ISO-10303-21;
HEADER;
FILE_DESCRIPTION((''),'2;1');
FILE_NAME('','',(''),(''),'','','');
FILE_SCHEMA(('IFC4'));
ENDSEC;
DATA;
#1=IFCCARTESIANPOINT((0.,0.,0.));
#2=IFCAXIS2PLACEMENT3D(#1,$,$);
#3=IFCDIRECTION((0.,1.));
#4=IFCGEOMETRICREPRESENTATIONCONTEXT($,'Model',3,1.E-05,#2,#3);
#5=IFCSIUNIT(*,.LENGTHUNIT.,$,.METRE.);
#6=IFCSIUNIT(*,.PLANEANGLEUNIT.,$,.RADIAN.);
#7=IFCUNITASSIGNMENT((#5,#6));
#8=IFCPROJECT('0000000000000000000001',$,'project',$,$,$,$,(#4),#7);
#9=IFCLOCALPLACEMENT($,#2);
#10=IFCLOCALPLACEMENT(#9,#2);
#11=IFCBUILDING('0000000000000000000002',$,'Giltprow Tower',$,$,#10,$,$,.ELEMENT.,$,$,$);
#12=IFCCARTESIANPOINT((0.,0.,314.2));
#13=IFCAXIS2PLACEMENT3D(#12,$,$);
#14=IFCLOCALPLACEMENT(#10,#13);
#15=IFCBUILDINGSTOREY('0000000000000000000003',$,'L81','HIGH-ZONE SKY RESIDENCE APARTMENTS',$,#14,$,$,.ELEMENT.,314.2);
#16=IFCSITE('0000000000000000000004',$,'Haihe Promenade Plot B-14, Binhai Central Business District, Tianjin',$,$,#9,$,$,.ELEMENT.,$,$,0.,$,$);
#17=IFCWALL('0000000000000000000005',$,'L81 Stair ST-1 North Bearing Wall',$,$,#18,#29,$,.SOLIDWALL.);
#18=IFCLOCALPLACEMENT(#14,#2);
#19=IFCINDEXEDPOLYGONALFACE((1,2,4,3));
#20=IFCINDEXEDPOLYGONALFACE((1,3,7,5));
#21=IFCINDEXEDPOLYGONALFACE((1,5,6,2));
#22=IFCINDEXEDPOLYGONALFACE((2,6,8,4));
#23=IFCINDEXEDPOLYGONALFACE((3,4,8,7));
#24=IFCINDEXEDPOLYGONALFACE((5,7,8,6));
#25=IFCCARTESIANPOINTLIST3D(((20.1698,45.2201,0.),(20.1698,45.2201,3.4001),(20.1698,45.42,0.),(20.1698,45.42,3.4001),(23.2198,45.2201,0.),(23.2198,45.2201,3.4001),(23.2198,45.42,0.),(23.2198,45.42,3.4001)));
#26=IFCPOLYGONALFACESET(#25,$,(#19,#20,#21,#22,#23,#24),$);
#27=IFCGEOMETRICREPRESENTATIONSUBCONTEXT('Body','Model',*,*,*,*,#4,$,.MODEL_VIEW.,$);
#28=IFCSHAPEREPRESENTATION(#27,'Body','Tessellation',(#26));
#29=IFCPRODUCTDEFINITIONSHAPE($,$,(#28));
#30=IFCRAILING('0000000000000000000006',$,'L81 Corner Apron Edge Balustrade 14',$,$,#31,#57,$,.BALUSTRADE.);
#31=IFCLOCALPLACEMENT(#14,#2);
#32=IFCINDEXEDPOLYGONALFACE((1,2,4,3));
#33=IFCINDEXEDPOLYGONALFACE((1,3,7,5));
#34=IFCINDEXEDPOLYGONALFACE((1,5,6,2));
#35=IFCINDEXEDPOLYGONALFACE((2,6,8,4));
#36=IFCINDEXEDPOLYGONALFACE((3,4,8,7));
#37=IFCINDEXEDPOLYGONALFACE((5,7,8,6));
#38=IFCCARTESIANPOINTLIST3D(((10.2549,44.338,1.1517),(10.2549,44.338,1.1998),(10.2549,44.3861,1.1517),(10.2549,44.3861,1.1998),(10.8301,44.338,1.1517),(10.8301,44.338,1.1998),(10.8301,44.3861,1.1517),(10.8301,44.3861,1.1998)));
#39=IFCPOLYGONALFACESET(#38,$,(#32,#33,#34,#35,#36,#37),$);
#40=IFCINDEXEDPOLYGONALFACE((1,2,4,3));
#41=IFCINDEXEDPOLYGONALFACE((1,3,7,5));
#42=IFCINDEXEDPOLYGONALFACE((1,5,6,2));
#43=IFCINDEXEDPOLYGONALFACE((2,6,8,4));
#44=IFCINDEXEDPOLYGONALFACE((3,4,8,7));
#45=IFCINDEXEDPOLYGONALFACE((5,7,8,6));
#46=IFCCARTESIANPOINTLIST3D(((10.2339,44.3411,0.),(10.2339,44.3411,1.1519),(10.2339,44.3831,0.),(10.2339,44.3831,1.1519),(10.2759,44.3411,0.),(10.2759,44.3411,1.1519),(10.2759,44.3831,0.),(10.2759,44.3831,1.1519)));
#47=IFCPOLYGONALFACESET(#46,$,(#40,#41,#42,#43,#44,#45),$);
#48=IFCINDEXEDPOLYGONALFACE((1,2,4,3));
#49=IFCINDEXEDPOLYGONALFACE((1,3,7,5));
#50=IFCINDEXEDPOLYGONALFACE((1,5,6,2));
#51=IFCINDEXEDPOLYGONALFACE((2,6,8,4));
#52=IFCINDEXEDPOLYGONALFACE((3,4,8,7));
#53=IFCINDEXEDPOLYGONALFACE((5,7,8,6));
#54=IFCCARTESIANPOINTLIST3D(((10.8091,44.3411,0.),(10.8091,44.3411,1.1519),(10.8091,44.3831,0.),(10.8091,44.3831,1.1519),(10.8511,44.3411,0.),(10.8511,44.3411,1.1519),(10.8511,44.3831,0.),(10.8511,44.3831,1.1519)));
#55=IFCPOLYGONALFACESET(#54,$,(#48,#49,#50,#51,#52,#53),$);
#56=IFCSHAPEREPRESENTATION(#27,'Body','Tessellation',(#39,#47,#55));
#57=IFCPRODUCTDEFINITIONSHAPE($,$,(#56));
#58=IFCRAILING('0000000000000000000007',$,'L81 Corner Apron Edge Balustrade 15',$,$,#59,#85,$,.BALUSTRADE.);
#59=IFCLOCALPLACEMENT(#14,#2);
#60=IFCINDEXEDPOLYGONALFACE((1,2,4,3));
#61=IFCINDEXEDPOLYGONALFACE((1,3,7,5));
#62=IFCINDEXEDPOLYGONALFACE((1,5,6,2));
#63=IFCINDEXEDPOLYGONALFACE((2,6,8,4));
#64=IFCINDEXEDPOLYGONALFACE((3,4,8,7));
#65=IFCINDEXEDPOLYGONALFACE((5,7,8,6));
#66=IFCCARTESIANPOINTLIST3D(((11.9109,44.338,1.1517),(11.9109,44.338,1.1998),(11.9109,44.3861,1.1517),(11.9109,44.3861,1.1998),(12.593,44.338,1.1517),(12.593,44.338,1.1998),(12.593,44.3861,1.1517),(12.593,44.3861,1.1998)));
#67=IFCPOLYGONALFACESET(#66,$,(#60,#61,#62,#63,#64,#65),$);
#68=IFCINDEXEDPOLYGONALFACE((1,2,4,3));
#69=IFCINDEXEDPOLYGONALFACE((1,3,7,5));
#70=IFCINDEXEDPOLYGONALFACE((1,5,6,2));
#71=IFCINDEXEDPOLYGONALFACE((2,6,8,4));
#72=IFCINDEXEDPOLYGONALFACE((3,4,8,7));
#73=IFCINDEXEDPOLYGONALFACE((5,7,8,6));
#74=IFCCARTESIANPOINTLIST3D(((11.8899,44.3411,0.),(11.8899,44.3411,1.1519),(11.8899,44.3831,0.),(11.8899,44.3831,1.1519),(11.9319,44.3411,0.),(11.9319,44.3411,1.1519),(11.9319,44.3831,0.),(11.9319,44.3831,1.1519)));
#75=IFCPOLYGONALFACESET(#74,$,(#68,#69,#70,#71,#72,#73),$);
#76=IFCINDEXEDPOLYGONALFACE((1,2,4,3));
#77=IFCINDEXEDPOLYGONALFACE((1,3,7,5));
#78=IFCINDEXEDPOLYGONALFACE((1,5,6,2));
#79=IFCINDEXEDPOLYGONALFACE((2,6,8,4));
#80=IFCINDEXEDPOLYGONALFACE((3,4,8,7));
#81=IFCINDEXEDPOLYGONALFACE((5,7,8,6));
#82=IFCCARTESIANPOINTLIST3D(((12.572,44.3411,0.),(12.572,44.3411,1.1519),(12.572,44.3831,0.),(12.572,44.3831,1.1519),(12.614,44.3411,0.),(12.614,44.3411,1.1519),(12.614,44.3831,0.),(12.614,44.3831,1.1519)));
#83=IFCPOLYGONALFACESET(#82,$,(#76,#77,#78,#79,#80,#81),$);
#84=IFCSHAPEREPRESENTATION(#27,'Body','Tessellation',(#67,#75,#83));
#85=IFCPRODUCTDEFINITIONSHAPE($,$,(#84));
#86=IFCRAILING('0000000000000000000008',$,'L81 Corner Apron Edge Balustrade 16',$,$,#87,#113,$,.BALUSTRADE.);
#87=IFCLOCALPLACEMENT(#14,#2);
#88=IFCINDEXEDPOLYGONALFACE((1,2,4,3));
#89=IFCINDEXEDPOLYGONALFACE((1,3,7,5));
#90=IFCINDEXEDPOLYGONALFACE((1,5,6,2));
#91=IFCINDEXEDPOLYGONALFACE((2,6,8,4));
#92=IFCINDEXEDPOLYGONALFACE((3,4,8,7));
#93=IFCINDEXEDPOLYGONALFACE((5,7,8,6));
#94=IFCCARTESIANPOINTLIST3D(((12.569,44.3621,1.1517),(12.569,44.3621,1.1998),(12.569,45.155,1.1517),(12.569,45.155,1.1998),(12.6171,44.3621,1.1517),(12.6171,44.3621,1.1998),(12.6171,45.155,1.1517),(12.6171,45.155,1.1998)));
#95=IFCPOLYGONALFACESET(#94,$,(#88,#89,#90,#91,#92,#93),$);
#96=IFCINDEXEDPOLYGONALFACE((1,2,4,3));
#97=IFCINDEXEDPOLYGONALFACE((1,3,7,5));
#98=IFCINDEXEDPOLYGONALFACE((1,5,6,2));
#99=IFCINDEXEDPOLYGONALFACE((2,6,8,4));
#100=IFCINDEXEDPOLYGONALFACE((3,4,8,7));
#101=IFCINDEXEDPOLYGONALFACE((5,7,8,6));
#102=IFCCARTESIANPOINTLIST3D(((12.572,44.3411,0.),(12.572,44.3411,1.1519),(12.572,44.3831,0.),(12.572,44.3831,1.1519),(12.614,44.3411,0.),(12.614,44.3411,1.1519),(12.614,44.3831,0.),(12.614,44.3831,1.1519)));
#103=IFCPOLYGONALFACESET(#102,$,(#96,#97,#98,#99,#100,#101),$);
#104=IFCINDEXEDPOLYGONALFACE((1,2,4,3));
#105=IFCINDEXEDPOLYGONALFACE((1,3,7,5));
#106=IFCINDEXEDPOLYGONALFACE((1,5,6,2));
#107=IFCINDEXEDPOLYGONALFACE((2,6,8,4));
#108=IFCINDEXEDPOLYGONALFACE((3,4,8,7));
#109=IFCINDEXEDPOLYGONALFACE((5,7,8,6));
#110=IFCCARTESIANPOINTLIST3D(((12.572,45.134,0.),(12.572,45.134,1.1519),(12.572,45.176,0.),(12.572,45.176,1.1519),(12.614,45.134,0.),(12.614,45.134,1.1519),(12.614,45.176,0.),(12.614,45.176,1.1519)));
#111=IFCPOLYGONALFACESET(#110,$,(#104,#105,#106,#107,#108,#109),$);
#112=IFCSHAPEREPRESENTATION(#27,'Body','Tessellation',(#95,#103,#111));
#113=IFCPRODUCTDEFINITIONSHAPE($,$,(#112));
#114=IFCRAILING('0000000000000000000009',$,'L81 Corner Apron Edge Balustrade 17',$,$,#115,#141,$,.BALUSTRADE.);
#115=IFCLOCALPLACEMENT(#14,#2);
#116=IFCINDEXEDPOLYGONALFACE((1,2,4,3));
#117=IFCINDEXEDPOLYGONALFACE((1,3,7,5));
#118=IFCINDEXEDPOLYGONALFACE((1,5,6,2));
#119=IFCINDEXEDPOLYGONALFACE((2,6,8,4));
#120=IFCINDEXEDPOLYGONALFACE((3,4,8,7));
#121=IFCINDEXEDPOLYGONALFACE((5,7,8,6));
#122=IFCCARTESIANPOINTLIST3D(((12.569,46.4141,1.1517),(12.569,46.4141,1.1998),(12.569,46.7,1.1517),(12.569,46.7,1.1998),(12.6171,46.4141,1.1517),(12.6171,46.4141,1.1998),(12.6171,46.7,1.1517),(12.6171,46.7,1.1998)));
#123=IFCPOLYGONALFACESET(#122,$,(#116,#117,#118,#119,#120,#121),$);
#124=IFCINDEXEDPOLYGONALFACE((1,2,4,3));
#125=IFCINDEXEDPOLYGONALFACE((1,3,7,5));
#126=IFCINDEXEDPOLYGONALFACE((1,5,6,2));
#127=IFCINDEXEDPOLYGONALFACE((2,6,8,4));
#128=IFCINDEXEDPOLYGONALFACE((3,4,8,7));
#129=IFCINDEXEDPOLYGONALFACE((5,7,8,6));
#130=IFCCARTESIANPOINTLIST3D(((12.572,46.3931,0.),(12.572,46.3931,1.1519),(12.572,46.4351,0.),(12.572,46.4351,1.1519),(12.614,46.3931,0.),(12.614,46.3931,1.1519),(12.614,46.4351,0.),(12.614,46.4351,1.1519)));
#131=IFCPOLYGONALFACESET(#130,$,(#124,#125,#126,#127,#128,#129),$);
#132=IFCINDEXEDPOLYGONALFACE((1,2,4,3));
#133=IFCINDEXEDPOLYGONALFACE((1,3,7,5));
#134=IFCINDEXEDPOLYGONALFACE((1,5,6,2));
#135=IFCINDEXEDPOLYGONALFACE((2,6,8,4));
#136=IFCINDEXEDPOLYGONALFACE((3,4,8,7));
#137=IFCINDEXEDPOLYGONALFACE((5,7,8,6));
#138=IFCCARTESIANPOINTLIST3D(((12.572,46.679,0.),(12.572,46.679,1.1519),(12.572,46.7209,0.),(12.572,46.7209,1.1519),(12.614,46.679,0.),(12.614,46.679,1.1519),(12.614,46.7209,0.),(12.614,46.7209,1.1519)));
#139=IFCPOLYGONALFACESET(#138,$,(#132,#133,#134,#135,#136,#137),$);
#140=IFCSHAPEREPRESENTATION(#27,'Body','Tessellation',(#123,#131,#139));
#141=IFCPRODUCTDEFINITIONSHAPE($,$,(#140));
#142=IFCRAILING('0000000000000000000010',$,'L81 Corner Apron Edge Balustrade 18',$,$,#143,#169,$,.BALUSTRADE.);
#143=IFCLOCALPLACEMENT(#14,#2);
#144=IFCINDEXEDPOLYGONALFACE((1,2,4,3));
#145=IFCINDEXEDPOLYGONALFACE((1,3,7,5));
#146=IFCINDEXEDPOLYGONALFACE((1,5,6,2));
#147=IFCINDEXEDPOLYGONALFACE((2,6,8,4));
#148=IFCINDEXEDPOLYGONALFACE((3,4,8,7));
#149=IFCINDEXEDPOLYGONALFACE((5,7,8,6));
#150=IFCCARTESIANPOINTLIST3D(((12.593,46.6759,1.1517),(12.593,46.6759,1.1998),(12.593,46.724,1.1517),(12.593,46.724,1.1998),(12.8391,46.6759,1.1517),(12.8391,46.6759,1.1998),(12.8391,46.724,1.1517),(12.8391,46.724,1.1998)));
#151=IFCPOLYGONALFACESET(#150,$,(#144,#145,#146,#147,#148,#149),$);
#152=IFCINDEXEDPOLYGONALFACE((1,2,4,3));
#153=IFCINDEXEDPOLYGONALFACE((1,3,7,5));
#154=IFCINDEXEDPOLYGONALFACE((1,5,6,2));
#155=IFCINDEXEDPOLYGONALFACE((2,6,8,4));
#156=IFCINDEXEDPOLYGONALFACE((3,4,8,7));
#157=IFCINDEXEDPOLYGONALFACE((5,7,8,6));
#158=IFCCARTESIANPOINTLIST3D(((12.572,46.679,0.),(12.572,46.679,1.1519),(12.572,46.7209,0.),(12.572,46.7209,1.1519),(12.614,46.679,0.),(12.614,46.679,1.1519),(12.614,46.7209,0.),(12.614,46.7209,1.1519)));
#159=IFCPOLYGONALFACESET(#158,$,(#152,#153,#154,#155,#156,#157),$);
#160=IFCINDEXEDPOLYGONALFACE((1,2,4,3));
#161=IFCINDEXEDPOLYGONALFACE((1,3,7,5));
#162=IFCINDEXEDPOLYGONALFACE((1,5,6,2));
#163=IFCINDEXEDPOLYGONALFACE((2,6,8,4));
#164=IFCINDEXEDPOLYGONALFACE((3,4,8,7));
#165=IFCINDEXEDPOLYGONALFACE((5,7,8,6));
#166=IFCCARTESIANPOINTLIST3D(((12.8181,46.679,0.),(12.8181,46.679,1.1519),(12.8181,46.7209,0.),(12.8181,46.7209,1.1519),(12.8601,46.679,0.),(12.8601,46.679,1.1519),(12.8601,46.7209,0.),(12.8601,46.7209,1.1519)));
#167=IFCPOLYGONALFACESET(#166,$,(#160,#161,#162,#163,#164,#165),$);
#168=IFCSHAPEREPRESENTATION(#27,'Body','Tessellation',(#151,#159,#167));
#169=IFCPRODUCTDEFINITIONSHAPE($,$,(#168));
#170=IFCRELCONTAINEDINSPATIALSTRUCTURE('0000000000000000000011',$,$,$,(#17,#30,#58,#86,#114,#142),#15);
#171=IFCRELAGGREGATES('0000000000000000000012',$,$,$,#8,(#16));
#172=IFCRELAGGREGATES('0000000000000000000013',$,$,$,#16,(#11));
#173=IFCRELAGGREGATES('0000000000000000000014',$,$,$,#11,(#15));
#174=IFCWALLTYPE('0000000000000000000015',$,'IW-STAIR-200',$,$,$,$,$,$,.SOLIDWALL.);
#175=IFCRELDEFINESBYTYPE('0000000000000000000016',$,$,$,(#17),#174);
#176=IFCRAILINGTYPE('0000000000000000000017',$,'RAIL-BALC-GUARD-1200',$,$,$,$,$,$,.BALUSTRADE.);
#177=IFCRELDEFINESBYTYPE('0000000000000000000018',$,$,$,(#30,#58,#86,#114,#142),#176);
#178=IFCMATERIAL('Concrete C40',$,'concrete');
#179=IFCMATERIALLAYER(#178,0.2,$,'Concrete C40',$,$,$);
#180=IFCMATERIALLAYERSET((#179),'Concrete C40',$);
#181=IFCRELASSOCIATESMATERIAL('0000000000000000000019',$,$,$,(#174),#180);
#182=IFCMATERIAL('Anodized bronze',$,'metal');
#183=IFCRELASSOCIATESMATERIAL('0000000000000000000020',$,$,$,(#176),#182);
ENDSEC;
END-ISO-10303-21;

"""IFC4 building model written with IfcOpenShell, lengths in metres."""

from ifc_helpers import new_model, si_unit, direction, frame, frame_2d, origin, origin_2d, place, context, subcontext, project, spatial, rectangle, extrude, material, layer, layer_set, type_object, element, save


model = new_model("IFC4")

# Units and contexts
model_context = context("Model", 3, precision=1e-05, world=origin(), true_north=direction((0.0, 1.0)))
body_context = subcontext(model_context, "Body", "Model", "MODEL_VIEW")
ifc_project = project(units=[si_unit("LENGTHUNIT", "METRE"), si_unit("PLANEANGLEUNIT", "RADIAN")], contexts=[model_context])

# Site, building, storey
site_placement = place(None, origin())
site = spatial("IfcSite", under=ifc_project, at=site_placement, Name="Haihe Promenade Plot B-14, Binhai Central Business District, Tianjin", CompositionType="ELEMENT", RefElevation=0.0)
building_placement = place(site_placement, origin())
building = spatial("IfcBuilding", under=site, at=building_placement, Name="Giltprow Tower", CompositionType="ELEMENT")
storey_placement = place(building_placement, frame((0.0, 0.0, 314.2)))
storey = spatial("IfcBuildingStorey", under=building, at=storey_placement, Name="L81", Description="HIGH-ZONE SKY RESIDENCE APARTMENTS", CompositionType="ELEMENT", Elevation=314.2)

# Wall
ifc_material_1 = material(Name="Concrete C40", Category="concrete")
ifc_layer_1 = layer(ifc_material_1, 0.2, Name="Concrete C40")
ifc_layer_set_1 = layer_set([ifc_layer_1], Name="Concrete C40")
wall_type_1 = type_object("IfcWallType", Name="IW-STAIR-200", PredefinedType="SOLIDWALL", material=ifc_layer_set_1)
wall_1_placement = place(storey_placement, frame((20.1699, 45.3201, 0.0), z_axis=(0.0, 0.0, 1.0), x_axis=(1.0, 0.0, 0.0)))
element("IfcWall", 1, at=wall_1_placement, inside=storey, type_object=wall_type_1, Name="L81 Stair ST-1 North Bearing Wall", PredefinedType="SOLIDWALL", context=body_context, shape_type="SweptSolid", body=[
    extrude(rectangle(XDim=3.05, YDim=0.2, at=frame_2d((1.5249, 0.0))), origin(), (0.0, 0.0, 1.0), 3.4001),
])

# Railings
ifc_material_2 = material(Name="Anodized bronze", Category="metal")
railing_type = type_object("IfcRailingType", Name="RAIL-BALC-GUARD-1200", PredefinedType="BALUSTRADE", material=ifc_material_2)
railing_1_placement = place(storey_placement, frame((10.2549, 44.3621, 0.0)))
element("IfcRailing", 2, at=railing_1_placement, inside=storey, type_object=railing_type, Name="L81 Corner Apron Edge Balustrade 14", PredefinedType="BALUSTRADE", context=body_context, shape_type="SweptSolid", body=[
    extrude(rectangle(XDim=0.0481, YDim=0.0481, at=origin_2d()), frame((0.0, 0.0, 1.1758), z_axis=(1.0, 0.0, 0.0), x_axis=(0.0, 1.0, 0.0)), (0.0, 0.0, 1.0), 0.5752),
    extrude(rectangle(XDim=0.042, YDim=0.042, at=origin_2d()), origin(), (0.0, 0.0, 1.0), 1.1519),
    extrude(rectangle(XDim=0.042, YDim=0.042, at=origin_2d()), frame((0.5752, 0.0, 0.0)), (0.0, 0.0, 1.0), 1.1519),
])
railing_2_placement = place(storey_placement, frame((11.9109, 44.3621, 0.0)))
element("IfcRailing", 3, at=railing_2_placement, inside=storey, type_object=railing_type, Name="L81 Corner Apron Edge Balustrade 15", PredefinedType="BALUSTRADE", context=body_context, shape_type="SweptSolid", body=[
    extrude(rectangle(XDim=0.0481, YDim=0.0481, at=origin_2d()), frame((0.0, 0.0, 1.1758), z_axis=(1.0, 0.0, 0.0), x_axis=(0.0, 1.0, 0.0)), (0.0, 0.0, 1.0), 0.6821),
    extrude(rectangle(XDim=0.042, YDim=0.042, at=origin_2d()), origin(), (0.0, 0.0, 1.0), 1.1519),
    extrude(rectangle(XDim=0.042, YDim=0.042, at=origin_2d()), frame((0.6821, 0.0, 0.0)), (0.0, 0.0, 1.0), 1.1519),
])
railing_3_placement = place(storey_placement, frame((12.593, 44.3621, 0.0)))
element("IfcRailing", 4, at=railing_3_placement, inside=storey, type_object=railing_type, Name="L81 Corner Apron Edge Balustrade 16", PredefinedType="BALUSTRADE", context=body_context, shape_type="SweptSolid", body=[
    extrude(rectangle(XDim=0.0481, YDim=0.0481, at=origin_2d()), frame((0.0, 0.0, 1.1758), z_axis=(0.0, 1.0, 0.0), x_axis=(-1.0, 0.0, 0.0)), (0.0, 0.0, 1.0), 0.793),
    extrude(rectangle(XDim=0.042, YDim=0.042, at=origin_2d()), origin(), (0.0, 0.0, 1.0), 1.1519),
    extrude(rectangle(XDim=0.042, YDim=0.042, at=origin_2d()), frame((0.0, 0.793, 0.0)), (0.0, 0.0, 1.0), 1.1519),
])
railing_4_placement = place(storey_placement, frame((12.593, 46.4141, 0.0)))
element("IfcRailing", 5, at=railing_4_placement, inside=storey, type_object=railing_type, Name="L81 Corner Apron Edge Balustrade 17", PredefinedType="BALUSTRADE", context=body_context, shape_type="SweptSolid", body=[
    extrude(rectangle(XDim=0.0481, YDim=0.0481, at=origin_2d()), frame((0.0, 0.0, 1.1758), z_axis=(0.0, 1.0, 0.0), x_axis=(-1.0, 0.0, 0.0)), (0.0, 0.0, 1.0), 0.2859),
    extrude(rectangle(XDim=0.042, YDim=0.042, at=origin_2d()), origin(), (0.0, 0.0, 1.0), 1.1519),
    extrude(rectangle(XDim=0.042, YDim=0.042, at=origin_2d()), frame((0.0, 0.2859, 0.0)), (0.0, 0.0, 1.0), 1.1519),
])
railing_5_placement = place(storey_placement, frame((12.593, 46.7, 0.0)))
element("IfcRailing", 6, at=railing_5_placement, inside=storey, type_object=railing_type, Name="L81 Corner Apron Edge Balustrade 18", PredefinedType="BALUSTRADE", context=body_context, shape_type="SweptSolid", body=[
    extrude(rectangle(XDim=0.0481, YDim=0.0481, at=origin_2d()), frame((0.0, 0.0, 1.1758), z_axis=(1.0, 0.0, 0.0), x_axis=(0.0, 1.0, 0.0)), (0.0, 0.0, 1.0), 0.2461),
    extrude(rectangle(XDim=0.042, YDim=0.042, at=origin_2d()), origin(), (0.0, 0.0, 1.0), 1.1519),
    extrude(rectangle(XDim=0.042, YDim=0.042, at=origin_2d()), frame((0.2461, 0.0, 0.0)), (0.0, 0.0, 1.0), 1.1519),
])

save(model, "model.ifc")
